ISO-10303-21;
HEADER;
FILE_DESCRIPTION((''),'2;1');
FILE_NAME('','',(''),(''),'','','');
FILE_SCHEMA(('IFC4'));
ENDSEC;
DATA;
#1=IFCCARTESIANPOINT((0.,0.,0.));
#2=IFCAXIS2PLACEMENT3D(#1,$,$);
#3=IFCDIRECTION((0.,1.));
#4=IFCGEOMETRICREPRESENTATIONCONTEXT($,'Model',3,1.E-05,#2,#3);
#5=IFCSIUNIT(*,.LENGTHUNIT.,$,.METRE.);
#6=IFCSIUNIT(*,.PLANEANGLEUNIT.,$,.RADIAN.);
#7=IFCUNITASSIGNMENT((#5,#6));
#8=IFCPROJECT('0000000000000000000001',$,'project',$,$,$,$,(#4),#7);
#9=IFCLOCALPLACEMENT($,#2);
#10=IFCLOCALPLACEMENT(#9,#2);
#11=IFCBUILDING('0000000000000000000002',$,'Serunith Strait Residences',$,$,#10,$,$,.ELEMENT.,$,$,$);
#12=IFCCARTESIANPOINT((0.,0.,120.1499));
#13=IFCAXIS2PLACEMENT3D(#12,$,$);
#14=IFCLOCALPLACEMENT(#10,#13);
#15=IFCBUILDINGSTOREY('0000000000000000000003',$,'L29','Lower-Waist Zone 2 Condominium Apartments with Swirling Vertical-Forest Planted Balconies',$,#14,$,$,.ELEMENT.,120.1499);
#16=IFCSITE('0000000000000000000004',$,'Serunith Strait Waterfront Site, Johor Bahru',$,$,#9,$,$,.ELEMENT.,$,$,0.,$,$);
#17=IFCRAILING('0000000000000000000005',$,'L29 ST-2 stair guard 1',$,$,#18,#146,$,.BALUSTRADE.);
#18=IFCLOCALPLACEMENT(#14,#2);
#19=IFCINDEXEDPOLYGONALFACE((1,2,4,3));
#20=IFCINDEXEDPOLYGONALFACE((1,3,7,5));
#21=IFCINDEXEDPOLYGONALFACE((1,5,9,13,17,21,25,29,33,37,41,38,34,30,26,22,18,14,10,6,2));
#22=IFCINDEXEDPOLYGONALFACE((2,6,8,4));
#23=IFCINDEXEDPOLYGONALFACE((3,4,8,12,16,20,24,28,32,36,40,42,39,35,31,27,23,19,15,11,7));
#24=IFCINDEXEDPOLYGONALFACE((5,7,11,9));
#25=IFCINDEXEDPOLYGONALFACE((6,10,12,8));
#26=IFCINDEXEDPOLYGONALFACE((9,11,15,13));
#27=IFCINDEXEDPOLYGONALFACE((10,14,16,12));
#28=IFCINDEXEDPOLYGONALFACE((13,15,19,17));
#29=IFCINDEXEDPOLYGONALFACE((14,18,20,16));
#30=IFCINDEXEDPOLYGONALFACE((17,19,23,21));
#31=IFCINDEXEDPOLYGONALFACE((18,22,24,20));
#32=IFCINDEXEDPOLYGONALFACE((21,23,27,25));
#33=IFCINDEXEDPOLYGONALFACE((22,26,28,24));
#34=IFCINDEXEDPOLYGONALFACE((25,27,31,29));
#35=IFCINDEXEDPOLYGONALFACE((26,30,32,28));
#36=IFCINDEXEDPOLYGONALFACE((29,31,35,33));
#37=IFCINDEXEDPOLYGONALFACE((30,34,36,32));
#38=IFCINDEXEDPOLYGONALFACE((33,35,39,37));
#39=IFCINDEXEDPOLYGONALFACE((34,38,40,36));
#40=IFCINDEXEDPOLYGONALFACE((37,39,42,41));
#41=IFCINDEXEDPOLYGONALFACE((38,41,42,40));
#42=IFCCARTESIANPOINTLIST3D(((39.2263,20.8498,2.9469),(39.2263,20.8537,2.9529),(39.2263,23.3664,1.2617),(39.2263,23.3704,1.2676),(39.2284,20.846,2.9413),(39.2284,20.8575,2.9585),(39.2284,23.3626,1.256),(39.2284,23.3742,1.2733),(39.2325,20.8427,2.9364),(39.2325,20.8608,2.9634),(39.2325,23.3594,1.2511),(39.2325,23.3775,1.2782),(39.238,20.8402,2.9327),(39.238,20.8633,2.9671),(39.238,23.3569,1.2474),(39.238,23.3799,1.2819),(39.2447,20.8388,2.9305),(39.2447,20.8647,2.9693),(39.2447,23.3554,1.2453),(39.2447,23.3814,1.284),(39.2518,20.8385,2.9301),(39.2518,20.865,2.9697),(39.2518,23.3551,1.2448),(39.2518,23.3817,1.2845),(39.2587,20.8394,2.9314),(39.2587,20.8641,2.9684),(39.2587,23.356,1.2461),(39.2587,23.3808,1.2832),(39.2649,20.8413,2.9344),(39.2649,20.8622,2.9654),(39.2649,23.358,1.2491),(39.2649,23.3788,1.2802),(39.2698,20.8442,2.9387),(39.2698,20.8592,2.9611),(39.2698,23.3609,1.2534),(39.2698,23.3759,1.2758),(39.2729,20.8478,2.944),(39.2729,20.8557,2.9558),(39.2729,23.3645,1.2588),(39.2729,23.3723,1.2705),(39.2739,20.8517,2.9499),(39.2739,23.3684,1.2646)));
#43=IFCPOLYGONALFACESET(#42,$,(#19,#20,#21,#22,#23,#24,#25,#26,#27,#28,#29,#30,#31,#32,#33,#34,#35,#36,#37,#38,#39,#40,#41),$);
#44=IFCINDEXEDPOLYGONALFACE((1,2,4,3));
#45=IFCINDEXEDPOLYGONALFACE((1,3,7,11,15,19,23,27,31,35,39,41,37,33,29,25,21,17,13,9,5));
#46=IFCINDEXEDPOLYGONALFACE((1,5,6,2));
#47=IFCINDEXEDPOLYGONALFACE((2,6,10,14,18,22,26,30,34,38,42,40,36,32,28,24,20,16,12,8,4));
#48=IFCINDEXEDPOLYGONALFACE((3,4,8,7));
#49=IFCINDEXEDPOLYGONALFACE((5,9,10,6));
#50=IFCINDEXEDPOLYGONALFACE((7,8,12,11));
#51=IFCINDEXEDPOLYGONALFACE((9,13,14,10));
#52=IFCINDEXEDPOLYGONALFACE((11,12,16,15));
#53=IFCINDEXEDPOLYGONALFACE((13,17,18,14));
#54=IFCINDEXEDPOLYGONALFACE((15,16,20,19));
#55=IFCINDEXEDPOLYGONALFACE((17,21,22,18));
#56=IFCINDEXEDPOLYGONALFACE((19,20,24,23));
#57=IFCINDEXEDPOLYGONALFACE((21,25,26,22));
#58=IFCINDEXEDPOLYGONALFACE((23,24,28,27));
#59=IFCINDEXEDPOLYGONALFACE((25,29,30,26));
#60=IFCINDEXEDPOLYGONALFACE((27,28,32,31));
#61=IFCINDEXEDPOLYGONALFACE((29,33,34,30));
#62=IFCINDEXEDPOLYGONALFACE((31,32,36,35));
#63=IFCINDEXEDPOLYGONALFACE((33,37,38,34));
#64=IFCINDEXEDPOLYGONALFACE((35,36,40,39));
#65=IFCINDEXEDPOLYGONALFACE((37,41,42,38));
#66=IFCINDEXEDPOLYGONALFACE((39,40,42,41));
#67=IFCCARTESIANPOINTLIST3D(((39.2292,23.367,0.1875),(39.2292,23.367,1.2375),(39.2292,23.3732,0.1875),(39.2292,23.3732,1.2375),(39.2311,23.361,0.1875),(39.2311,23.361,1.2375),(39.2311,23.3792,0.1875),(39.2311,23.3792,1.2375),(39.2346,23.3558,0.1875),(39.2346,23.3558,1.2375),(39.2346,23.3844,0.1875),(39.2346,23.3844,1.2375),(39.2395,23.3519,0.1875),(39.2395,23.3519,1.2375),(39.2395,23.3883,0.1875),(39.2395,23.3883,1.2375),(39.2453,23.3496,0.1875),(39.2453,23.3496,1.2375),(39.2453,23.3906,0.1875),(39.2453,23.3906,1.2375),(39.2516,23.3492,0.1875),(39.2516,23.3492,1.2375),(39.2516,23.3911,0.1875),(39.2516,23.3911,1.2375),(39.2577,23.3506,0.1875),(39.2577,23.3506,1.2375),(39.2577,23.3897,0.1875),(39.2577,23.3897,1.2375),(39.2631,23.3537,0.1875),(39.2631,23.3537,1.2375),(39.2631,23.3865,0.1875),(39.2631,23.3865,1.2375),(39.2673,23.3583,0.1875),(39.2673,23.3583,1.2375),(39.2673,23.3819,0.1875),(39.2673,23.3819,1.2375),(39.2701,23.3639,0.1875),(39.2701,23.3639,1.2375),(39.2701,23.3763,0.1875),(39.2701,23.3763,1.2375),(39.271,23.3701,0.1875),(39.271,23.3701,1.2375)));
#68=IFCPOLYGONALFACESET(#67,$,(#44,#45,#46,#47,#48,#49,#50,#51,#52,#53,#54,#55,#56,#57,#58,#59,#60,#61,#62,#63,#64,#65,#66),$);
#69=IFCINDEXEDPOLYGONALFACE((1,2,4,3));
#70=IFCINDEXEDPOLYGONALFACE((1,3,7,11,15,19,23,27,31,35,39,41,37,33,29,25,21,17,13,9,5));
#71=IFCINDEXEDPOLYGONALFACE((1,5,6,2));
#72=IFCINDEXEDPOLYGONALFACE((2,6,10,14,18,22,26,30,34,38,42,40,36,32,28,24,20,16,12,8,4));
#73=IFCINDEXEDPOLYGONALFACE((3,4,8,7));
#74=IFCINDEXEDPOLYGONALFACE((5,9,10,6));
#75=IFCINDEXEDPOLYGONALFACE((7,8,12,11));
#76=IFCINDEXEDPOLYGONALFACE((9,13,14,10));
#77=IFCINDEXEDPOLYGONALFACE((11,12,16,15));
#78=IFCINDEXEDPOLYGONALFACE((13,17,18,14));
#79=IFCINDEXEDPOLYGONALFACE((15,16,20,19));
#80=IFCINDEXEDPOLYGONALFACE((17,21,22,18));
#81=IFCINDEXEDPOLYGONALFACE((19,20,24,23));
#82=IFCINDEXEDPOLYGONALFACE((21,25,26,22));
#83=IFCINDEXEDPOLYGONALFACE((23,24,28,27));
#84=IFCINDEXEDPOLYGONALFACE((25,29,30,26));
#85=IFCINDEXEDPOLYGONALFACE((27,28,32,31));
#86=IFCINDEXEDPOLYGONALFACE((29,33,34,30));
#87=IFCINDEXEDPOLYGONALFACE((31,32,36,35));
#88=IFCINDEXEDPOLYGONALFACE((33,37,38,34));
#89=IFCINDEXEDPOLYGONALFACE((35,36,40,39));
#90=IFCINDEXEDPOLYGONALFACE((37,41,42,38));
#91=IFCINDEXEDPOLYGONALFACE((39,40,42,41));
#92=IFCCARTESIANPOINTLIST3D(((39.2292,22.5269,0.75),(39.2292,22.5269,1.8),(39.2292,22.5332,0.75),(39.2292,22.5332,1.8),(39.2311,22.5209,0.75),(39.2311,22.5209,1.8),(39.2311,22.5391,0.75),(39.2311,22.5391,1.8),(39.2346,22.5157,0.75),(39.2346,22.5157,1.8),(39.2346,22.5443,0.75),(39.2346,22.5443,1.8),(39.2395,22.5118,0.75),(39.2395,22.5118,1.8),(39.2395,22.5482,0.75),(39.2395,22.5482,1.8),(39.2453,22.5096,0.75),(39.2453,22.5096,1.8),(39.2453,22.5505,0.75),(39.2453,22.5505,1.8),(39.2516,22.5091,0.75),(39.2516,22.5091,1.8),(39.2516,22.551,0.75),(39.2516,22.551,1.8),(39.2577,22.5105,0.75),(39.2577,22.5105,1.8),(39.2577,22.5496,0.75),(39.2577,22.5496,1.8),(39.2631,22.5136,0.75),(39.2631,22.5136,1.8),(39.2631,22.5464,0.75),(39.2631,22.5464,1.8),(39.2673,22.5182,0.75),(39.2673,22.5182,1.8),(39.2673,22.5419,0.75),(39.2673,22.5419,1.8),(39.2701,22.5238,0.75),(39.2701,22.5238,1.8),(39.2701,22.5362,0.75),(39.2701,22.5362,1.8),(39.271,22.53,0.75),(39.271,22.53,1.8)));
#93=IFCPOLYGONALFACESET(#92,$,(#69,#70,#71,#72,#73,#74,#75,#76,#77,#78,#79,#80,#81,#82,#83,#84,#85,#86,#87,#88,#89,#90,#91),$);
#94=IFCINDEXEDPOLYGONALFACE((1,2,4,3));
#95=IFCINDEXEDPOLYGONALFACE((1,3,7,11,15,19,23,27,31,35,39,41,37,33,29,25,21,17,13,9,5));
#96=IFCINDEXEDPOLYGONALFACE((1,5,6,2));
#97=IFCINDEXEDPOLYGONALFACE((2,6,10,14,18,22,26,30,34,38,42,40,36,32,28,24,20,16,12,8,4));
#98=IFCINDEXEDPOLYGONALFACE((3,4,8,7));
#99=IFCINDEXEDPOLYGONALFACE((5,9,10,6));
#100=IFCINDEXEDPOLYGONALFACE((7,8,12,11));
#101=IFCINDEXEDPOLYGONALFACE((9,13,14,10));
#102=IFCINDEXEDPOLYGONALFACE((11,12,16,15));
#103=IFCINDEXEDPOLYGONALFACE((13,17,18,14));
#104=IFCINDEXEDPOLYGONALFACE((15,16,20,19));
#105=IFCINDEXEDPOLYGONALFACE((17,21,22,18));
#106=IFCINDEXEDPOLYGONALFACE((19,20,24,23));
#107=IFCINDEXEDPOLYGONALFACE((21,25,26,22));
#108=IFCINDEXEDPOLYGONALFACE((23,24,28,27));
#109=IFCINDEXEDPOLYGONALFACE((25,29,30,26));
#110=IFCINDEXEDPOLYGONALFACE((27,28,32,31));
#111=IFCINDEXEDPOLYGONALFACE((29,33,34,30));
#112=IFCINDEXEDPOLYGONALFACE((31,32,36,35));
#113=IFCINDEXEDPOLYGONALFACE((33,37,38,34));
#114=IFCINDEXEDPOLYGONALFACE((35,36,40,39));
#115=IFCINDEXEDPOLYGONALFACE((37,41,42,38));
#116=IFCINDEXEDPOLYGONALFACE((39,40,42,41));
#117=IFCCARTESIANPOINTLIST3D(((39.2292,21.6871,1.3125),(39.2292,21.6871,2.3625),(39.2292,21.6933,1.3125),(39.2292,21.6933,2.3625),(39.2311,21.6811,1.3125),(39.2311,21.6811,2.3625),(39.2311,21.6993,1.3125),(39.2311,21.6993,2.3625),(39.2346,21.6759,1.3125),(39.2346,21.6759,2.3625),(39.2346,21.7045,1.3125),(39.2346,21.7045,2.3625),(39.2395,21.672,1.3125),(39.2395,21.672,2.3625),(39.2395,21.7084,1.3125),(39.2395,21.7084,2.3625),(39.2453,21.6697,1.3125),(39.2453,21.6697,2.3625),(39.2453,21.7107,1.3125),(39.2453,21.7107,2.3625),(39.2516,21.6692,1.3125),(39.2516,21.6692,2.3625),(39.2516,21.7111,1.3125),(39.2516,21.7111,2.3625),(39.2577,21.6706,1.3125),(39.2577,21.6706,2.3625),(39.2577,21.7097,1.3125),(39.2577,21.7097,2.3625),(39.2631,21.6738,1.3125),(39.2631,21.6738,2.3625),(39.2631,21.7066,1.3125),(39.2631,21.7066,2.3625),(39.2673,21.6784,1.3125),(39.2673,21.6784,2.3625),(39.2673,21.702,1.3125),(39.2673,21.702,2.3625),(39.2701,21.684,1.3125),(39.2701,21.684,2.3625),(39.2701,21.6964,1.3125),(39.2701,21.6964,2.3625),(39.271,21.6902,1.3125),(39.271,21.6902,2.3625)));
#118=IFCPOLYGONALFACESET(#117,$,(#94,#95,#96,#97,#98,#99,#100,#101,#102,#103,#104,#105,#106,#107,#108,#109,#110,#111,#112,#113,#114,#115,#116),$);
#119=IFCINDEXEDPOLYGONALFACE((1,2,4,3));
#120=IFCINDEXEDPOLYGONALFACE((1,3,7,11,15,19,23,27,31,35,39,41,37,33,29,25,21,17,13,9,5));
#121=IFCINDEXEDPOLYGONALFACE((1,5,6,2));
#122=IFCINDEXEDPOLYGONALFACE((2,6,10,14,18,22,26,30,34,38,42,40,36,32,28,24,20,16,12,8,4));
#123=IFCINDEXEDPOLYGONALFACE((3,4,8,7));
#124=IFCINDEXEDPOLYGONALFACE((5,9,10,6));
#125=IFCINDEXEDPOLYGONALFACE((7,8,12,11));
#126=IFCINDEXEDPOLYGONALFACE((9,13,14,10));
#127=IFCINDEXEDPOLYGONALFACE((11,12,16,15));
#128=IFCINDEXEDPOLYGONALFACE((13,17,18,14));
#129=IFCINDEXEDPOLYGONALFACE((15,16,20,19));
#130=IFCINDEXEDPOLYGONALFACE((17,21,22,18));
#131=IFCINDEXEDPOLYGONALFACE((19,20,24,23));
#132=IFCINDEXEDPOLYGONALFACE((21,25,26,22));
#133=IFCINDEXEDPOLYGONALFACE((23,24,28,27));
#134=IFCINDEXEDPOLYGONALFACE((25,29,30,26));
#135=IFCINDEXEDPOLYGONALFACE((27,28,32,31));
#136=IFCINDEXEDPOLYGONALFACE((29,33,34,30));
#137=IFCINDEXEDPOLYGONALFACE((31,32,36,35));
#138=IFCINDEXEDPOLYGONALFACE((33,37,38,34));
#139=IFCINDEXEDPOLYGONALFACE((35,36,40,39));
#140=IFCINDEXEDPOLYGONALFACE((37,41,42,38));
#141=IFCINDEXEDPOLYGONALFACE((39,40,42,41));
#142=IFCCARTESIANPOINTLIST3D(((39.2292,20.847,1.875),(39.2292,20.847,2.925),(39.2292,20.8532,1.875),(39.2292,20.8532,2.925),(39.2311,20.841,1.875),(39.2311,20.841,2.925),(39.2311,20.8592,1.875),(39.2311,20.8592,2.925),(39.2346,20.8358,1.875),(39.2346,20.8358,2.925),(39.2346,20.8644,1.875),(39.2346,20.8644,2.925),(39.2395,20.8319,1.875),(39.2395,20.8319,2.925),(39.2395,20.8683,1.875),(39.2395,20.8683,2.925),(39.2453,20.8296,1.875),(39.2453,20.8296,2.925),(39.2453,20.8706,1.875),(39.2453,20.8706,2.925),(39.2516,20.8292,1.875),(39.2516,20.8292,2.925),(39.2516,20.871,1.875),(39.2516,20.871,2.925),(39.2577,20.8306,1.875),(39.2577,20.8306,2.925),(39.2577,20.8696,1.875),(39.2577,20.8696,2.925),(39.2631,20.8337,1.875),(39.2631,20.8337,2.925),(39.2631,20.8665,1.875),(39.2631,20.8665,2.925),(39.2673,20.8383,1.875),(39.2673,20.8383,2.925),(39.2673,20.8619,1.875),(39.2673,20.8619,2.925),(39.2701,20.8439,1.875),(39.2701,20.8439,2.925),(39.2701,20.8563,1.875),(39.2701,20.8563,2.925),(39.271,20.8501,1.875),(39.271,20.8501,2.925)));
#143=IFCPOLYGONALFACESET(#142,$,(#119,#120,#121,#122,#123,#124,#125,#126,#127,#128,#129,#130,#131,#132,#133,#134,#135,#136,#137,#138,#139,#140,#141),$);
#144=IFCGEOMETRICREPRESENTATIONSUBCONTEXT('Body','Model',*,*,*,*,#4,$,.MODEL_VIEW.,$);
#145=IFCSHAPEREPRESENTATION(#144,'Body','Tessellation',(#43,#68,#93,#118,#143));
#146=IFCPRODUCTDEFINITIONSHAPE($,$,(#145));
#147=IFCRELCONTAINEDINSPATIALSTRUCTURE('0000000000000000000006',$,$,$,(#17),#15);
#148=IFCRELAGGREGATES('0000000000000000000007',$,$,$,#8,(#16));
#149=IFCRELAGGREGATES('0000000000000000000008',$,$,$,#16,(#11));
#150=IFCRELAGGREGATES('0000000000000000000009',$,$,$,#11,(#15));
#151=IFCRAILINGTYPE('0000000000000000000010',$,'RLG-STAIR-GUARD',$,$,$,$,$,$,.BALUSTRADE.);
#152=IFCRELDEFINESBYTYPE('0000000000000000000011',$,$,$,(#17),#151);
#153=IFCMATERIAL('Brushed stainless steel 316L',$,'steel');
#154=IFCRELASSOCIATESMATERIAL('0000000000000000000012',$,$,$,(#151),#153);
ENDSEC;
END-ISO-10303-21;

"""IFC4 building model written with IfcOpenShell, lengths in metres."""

from ifc_helpers import new_model, si_unit, direction, frame, origin, origin_2d, place, context, subcontext, project, spatial, circle, extrude, material, type_object, element, save


model = new_model("IFC4")

# Units and contexts
model_context = context("Model", 3, precision=1e-05, world=origin(), true_north=direction((0.0, 1.0)))
body_context = subcontext(model_context, "Body", "Model", "MODEL_VIEW")
ifc_project = project(units=[si_unit("LENGTHUNIT", "METRE"), si_unit("PLANEANGLEUNIT", "RADIAN")], contexts=[model_context])

# Site, building, storey
site_placement = place(None, origin())
site = spatial("IfcSite", under=ifc_project, at=site_placement, Name="Serunith Strait Waterfront Site, Johor Bahru", CompositionType="ELEMENT", RefElevation=0.0)
building_placement = place(site_placement, origin())
building = spatial("IfcBuilding", under=site, at=building_placement, Name="Serunith Strait Residences", CompositionType="ELEMENT")
storey_placement = place(building_placement, frame((0.0, 0.0, 120.1499)))
storey = spatial("IfcBuildingStorey", under=building, at=storey_placement, Name="L29", Description="Lower-Waist Zone 2 Condominium Apartments with Swirling Vertical-Forest Planted Balconies", CompositionType="ELEMENT", Elevation=120.1499)

# Railing
ifc_material_1 = material(Name="Brushed stainless steel 316L", Category="steel")
railing_type_1 = type_object("IfcRailingType", Name="RLG-STAIR-GUARD", PredefinedType="BALUSTRADE", material=ifc_material_1)
railing_1_placement = place(storey_placement, frame((39.25, 23.3701, 0.1875)))
element("IfcRailing", 1, at=railing_1_placement, inside=storey, type_object=railing_type_1, Name="L29 ST-2 stair guard 1", PredefinedType="BALUSTRADE", context=body_context, shape_type="SweptSolid", body=[
    extrude(circle(Radius=0.0239, at=origin_2d()), frame((0.0, -0.0017, 1.0771), z_axis=(0.0, -0.830909, 0.556408), x_axis=(1.0, 0.0, 0.0)), (0.0, 0.0, 1.0), 3.0288),
    extrude(circle(Radius=0.021, at=origin_2d()), origin(), (0.0, 0.0, 1.0), 1.05),
    extrude(circle(Radius=0.021, at=origin_2d()), frame((0.0, -0.8401, 0.5625)), (0.0, 0.0, 1.0), 1.05),
    extrude(circle(Radius=0.021, at=origin_2d()), frame((0.0, -1.6799, 1.125)), (0.0, 0.0, 1.0), 1.05),
    extrude(circle(Radius=0.021, at=origin_2d()), frame((0.0, -2.52, 1.6875)), (0.0, 0.0, 1.0), 1.05),
])

save(model, "model.ifc")
